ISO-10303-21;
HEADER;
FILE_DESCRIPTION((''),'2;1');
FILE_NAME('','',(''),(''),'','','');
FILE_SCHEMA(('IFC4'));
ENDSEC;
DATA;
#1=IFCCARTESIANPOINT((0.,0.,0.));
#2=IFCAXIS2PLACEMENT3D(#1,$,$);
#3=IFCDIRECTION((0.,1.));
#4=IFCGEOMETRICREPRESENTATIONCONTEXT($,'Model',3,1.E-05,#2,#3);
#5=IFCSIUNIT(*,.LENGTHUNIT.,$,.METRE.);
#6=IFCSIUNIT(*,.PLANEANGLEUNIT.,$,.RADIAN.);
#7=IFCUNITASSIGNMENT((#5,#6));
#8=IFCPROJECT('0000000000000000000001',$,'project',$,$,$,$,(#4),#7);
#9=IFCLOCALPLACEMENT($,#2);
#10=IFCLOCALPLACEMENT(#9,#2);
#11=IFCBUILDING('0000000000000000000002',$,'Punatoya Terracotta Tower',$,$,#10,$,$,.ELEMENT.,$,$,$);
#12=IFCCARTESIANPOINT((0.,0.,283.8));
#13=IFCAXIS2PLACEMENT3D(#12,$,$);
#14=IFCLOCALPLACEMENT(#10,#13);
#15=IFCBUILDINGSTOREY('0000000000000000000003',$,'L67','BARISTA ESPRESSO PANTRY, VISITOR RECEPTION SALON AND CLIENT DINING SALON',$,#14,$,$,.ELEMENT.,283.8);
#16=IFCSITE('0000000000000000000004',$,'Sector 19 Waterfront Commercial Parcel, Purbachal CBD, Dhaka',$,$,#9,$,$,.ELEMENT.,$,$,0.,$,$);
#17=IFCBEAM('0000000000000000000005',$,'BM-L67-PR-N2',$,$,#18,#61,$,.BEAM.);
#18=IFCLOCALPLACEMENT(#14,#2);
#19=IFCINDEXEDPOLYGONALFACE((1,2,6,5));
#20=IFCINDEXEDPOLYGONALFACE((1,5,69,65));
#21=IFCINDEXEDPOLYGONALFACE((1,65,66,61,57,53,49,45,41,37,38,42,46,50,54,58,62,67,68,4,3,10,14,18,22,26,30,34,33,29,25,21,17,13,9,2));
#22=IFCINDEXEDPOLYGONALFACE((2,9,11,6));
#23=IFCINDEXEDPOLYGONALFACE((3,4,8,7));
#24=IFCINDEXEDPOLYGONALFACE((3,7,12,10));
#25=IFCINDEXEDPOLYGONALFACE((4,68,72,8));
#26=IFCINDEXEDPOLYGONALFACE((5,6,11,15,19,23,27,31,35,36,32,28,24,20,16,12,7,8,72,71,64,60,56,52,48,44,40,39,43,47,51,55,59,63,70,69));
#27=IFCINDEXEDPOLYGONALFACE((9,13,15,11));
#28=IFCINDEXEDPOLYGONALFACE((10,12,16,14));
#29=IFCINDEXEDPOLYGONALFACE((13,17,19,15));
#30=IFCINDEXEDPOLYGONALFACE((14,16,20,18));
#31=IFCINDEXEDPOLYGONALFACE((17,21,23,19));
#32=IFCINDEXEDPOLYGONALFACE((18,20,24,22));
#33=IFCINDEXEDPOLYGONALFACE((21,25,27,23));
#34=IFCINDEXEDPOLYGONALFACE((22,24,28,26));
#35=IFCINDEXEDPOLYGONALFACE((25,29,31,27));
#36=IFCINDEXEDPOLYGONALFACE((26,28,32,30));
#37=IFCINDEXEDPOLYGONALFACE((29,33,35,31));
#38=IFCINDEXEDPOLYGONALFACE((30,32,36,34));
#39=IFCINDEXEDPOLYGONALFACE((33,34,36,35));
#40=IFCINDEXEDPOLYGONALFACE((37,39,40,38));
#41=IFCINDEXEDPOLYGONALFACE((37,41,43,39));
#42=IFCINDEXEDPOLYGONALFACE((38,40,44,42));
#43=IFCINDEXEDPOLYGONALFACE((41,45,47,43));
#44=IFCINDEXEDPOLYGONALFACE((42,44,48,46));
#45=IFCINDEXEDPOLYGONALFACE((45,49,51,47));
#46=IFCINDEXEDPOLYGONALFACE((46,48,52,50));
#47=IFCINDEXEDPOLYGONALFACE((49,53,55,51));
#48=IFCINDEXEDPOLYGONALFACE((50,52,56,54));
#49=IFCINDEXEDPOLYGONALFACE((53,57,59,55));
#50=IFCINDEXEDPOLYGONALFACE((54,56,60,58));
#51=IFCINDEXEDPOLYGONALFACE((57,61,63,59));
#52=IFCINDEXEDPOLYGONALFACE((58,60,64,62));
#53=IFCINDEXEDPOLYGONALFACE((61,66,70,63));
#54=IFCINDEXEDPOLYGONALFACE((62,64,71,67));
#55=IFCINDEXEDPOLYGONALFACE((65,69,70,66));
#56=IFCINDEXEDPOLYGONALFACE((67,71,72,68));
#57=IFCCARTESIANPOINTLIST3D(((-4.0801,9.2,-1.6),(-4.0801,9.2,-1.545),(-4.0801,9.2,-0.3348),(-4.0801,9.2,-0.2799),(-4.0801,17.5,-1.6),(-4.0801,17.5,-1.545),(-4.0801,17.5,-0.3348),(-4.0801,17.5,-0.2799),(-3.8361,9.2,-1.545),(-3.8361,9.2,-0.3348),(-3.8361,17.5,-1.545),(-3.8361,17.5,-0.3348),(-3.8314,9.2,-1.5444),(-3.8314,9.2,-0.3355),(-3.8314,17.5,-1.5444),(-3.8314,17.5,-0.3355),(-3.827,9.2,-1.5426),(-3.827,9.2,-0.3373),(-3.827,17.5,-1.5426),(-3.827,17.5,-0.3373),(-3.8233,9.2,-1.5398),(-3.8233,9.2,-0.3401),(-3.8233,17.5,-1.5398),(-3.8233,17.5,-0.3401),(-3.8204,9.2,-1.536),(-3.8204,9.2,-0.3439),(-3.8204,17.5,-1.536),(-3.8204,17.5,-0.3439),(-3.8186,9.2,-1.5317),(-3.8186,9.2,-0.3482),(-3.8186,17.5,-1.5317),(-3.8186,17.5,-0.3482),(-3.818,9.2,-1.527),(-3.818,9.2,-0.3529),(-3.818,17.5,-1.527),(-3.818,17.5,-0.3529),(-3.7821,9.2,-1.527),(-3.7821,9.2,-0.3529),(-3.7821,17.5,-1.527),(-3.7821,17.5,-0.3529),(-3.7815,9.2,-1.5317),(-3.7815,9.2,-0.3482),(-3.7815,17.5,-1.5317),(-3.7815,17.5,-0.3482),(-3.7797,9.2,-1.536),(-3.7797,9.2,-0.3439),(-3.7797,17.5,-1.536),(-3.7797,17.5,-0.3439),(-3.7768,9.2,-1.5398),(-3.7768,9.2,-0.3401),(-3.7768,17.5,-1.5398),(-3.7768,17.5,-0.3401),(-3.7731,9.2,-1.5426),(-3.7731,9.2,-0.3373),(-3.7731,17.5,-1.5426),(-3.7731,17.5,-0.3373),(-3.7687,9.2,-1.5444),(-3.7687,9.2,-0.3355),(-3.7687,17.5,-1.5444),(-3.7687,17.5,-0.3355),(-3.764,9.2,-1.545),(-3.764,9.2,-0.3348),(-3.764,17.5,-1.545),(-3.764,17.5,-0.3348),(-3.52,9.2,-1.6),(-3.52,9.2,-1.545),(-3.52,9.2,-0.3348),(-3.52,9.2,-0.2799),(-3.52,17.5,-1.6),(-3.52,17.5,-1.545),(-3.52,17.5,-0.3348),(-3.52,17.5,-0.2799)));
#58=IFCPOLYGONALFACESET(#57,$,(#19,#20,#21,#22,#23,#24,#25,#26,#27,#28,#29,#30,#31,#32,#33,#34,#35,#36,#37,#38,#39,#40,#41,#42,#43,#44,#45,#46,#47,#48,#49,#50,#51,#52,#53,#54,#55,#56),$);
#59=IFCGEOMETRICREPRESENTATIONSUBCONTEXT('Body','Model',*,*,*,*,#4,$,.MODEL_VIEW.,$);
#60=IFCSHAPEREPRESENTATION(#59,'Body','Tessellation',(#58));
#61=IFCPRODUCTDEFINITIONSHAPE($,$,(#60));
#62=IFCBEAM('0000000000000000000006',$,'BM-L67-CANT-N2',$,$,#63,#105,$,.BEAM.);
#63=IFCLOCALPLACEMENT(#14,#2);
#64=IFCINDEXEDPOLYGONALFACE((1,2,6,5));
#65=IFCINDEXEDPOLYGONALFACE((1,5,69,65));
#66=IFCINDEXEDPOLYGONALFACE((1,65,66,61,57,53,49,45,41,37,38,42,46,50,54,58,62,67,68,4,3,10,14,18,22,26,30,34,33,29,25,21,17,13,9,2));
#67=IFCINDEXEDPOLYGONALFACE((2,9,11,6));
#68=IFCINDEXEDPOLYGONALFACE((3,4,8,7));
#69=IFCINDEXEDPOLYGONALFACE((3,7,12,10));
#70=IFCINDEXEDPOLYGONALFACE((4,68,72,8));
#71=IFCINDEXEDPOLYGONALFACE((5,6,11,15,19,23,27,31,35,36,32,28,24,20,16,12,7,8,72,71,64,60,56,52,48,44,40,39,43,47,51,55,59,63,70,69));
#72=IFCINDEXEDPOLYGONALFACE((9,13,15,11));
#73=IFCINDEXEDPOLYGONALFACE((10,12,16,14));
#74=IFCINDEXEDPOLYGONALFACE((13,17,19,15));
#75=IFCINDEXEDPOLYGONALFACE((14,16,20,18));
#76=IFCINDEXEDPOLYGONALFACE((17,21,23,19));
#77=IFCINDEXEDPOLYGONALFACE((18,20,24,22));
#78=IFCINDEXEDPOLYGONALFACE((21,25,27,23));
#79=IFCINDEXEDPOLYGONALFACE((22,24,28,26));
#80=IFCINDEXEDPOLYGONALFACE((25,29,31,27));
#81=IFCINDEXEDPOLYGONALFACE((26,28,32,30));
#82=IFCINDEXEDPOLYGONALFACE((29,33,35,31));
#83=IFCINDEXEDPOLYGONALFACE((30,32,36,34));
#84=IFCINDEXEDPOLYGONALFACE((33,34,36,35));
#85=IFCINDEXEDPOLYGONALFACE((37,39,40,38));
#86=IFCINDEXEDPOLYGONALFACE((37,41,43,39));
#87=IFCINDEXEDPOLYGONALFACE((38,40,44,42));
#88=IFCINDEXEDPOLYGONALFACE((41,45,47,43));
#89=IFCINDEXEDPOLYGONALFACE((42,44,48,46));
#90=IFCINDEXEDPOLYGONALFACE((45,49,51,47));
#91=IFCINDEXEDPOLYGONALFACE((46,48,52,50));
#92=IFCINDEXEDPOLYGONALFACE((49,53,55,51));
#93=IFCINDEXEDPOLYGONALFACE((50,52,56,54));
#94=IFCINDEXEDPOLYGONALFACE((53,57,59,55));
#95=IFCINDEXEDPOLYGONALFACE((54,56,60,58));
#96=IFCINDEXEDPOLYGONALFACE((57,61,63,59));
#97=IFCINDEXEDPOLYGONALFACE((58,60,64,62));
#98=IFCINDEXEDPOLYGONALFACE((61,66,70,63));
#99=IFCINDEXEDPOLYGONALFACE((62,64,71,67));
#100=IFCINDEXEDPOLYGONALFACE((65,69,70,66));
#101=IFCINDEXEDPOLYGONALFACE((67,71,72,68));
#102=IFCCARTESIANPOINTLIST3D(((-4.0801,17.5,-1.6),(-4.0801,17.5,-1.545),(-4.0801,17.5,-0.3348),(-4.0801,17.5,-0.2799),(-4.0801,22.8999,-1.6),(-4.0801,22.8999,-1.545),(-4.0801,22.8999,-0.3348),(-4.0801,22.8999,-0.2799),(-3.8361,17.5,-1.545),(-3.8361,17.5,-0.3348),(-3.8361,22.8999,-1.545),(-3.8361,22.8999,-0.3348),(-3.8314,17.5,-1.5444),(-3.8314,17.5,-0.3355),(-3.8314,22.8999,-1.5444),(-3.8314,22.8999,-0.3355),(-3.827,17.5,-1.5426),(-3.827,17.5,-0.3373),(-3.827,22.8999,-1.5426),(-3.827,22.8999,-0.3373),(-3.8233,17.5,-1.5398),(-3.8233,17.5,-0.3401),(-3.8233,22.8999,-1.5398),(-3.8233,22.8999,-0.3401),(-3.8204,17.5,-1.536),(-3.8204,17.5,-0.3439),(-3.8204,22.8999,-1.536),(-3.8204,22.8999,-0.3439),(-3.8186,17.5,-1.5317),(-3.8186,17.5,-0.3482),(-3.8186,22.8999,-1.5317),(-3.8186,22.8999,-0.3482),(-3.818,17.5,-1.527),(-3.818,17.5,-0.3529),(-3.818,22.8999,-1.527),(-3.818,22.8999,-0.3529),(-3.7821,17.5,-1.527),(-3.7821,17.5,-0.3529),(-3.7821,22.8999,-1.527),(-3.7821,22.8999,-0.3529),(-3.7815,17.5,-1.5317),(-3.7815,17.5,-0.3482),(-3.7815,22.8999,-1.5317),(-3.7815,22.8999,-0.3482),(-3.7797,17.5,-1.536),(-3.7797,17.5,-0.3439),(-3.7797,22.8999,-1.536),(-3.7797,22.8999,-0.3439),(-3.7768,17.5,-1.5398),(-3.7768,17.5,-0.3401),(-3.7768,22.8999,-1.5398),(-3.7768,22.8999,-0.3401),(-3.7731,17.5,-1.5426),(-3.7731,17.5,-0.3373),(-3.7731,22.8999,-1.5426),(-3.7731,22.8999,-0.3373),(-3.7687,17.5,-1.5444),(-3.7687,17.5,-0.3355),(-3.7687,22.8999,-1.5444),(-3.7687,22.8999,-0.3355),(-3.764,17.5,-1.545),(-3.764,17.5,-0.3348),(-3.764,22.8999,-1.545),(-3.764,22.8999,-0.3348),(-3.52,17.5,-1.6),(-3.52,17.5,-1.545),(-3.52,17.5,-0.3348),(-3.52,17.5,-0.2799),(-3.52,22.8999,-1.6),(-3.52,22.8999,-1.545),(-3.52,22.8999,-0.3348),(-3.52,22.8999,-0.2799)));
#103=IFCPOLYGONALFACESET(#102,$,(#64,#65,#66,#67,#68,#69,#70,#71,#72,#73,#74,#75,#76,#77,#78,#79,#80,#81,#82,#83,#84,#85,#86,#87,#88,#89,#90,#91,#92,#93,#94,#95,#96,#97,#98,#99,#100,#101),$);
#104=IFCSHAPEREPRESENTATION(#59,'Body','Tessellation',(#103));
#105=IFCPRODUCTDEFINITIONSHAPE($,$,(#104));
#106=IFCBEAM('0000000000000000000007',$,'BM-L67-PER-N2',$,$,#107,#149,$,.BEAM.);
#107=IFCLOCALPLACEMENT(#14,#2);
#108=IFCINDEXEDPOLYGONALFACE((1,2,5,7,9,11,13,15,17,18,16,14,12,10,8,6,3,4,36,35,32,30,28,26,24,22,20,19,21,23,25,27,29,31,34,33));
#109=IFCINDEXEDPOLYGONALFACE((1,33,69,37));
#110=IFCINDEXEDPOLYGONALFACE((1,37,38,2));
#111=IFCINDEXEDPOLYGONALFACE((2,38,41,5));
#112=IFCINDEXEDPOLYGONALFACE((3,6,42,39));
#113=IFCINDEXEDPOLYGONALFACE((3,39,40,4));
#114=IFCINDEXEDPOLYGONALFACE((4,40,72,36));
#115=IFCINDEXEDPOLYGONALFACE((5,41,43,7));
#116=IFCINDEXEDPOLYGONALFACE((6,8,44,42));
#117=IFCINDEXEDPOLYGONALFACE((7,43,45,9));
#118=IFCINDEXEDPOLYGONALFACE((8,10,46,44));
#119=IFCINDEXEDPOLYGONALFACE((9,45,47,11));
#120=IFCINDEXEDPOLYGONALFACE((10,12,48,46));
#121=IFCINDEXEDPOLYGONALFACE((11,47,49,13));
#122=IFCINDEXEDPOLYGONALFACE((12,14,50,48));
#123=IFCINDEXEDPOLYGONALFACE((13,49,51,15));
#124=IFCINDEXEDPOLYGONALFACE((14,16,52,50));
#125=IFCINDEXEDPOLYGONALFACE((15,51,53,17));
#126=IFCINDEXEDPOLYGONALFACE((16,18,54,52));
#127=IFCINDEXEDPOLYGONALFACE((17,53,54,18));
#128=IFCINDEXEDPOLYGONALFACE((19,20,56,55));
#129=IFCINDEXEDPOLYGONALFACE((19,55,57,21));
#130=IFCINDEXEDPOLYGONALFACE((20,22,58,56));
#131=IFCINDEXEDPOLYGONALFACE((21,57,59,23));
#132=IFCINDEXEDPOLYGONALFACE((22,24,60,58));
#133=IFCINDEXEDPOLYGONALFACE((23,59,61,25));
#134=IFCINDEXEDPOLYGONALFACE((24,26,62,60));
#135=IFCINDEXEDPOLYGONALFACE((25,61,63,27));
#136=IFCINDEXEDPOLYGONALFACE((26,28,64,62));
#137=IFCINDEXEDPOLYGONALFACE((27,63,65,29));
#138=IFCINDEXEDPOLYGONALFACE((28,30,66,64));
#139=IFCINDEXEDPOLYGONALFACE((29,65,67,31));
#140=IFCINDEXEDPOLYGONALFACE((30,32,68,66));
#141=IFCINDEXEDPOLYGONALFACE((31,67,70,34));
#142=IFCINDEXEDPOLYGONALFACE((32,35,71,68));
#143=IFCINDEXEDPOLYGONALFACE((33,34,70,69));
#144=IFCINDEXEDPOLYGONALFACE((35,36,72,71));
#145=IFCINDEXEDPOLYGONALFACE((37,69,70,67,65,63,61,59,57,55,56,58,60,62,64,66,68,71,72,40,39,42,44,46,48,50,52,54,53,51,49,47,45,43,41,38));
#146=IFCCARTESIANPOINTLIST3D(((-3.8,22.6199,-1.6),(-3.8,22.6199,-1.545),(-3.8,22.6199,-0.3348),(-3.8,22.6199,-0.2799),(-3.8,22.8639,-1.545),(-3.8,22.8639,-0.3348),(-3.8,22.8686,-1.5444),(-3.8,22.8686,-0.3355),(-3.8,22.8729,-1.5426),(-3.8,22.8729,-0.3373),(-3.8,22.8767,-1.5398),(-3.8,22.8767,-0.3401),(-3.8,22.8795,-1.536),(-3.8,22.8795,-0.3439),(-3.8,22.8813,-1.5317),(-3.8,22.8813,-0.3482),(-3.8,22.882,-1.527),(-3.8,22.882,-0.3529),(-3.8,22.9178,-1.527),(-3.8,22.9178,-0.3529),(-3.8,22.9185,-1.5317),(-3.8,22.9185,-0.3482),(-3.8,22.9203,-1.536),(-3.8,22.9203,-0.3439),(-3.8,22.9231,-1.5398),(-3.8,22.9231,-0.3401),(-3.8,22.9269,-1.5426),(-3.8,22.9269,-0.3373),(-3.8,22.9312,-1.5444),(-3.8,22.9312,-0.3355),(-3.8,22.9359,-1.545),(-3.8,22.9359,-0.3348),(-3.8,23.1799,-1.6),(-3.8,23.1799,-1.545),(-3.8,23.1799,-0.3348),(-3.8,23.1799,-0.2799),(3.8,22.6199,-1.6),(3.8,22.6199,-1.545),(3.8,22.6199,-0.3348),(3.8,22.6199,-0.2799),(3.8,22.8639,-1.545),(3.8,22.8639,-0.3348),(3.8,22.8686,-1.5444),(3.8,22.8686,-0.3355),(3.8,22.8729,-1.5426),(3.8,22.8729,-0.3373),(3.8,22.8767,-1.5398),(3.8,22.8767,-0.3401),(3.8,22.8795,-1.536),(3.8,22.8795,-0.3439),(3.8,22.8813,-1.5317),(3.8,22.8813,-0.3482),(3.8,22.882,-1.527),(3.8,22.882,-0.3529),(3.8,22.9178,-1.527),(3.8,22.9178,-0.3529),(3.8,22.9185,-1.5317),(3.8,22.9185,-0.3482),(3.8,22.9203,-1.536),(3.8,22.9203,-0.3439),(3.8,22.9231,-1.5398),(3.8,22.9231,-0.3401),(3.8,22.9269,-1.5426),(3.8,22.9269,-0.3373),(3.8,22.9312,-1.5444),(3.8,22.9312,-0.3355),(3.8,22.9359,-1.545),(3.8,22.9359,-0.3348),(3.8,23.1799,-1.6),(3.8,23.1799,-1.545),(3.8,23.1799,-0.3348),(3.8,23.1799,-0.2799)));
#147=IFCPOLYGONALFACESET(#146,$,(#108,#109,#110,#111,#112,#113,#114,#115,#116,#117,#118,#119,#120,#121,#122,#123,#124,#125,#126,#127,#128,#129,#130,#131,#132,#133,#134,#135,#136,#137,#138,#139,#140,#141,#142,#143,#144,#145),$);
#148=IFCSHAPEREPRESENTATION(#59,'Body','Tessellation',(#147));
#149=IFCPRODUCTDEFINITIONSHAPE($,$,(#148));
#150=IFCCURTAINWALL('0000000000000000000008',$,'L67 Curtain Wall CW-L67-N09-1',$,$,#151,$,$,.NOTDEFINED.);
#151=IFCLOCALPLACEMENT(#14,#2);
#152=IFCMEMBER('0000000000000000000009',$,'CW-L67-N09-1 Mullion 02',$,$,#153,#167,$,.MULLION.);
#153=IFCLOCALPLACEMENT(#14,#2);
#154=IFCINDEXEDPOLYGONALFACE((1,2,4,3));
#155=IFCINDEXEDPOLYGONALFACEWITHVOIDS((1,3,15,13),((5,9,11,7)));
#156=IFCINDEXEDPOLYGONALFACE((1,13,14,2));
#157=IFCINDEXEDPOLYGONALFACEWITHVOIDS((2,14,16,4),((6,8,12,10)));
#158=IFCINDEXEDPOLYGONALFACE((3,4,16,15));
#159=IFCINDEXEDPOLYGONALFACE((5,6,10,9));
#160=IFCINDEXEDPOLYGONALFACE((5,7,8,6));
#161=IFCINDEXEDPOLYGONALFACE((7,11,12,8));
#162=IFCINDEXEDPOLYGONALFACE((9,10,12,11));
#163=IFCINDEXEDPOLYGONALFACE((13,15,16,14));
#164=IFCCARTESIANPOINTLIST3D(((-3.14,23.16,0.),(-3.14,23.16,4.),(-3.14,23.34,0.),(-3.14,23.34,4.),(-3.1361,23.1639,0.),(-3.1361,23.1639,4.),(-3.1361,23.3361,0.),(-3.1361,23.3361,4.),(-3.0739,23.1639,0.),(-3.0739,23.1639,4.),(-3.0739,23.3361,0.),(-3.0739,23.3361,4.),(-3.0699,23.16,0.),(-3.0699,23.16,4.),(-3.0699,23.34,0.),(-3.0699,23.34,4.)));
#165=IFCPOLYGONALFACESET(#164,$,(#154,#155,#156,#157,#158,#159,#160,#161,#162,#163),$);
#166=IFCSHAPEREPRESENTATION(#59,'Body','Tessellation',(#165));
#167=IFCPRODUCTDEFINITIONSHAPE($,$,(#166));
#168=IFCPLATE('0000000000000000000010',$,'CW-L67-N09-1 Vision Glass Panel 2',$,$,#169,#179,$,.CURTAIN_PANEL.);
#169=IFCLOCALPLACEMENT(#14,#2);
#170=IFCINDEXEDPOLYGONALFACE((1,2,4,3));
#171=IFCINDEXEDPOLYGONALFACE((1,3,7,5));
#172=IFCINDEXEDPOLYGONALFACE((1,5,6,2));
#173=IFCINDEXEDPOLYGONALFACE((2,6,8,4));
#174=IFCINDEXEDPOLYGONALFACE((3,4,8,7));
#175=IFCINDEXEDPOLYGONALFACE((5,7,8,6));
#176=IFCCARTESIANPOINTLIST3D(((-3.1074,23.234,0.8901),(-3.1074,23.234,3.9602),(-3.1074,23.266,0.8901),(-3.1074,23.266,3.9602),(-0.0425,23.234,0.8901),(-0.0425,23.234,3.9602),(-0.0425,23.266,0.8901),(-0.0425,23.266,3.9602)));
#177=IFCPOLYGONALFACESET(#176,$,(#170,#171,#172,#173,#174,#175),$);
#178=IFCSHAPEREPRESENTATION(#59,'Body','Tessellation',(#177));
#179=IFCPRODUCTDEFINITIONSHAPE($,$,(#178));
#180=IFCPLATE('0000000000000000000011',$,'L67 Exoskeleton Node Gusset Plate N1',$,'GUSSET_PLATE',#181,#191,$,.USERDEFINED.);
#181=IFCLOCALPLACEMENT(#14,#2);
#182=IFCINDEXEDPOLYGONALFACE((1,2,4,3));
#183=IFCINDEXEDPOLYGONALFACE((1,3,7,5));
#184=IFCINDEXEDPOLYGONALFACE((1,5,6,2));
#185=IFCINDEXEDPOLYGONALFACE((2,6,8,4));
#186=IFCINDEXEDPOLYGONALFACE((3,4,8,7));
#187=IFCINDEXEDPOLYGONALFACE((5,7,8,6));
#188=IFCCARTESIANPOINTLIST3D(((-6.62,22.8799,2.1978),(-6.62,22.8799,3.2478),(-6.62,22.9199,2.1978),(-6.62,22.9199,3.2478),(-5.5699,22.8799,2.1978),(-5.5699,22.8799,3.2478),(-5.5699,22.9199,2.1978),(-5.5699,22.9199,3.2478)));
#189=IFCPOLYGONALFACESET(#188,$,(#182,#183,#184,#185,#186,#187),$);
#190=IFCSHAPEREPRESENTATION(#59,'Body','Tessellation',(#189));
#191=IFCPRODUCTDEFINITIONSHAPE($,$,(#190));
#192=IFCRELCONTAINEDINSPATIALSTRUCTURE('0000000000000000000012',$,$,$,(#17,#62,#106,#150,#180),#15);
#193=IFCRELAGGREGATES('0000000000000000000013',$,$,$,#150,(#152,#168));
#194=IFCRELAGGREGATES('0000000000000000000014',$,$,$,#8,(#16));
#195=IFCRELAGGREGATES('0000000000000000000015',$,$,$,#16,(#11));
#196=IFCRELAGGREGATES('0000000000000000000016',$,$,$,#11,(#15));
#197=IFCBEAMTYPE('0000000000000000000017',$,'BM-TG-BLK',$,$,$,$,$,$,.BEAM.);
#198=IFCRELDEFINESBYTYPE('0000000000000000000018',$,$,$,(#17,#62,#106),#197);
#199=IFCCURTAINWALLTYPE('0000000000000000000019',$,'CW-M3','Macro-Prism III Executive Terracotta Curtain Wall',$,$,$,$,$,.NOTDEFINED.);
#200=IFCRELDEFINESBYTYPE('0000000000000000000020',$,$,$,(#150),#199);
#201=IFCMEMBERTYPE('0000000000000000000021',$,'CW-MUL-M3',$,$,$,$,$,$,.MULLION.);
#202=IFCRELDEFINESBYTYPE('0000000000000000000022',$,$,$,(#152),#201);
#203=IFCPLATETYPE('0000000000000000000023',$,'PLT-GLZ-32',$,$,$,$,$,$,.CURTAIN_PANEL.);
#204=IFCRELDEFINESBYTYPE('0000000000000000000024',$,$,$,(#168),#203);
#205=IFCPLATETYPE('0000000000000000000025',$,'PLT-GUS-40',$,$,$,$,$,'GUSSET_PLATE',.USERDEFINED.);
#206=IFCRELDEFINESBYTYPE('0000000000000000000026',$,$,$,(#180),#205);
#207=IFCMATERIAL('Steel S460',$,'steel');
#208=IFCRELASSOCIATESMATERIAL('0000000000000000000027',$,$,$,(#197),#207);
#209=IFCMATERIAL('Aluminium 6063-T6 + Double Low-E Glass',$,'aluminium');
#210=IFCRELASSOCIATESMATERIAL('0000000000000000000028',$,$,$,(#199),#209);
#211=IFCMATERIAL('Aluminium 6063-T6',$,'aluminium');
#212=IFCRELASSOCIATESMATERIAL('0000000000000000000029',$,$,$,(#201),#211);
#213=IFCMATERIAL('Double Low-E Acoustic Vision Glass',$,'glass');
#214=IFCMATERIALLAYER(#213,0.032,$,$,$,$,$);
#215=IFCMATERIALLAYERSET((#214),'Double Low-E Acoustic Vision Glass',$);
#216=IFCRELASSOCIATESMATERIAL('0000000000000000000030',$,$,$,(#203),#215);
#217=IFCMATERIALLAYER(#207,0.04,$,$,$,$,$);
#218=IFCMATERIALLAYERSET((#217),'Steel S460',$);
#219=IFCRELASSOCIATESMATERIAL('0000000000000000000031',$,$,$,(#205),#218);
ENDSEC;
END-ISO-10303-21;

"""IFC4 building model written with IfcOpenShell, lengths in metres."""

from ifc_helpers import new_model, si_unit, direction, frame, origin, origin_2d, place, context, subcontext, project, spatial, rectangle, hollow_rectangle, i_section, extrude, material, layer, layer_set, material_profile, profile_set, type_object, element, aggregate, save


model = new_model("IFC4")

# Units and contexts
model_context = context("Model", 3, precision=1e-05, world=origin(), true_north=direction((0.0, 1.0)))
body_context = subcontext(model_context, "Body", "Model", "MODEL_VIEW")
ifc_project = project(units=[si_unit("LENGTHUNIT", "METRE"), si_unit("PLANEANGLEUNIT", "RADIAN")], contexts=[model_context])

# Site, building, storey
site_placement = place(None, origin())
site = spatial("IfcSite", under=ifc_project, at=site_placement, Name="Sector 19 Waterfront Commercial Parcel, Purbachal CBD, Dhaka", CompositionType="ELEMENT", RefElevation=0.0)
building_placement = place(site_placement, origin())
building = spatial("IfcBuilding", under=site, at=building_placement, Name="Punatoya Terracotta Tower", CompositionType="ELEMENT")
storey_placement = place(building_placement, frame((0.0, 0.0, 283.8)))
storey = spatial("IfcBuildingStorey", under=building, at=storey_placement, Name="L67", Description="BARISTA ESPRESSO PANTRY, VISITOR RECEPTION SALON AND CLIENT DINING SALON", CompositionType="ELEMENT", Elevation=283.8)

# Shared definitions
ifc_material_1 = material(Name="Steel S460", Category="steel")

# Beams
ifc_material_profile_1 = material_profile(ifc_material_1, i_section(OverallWidth=0.5601, OverallDepth=1.3201, WebThickness=0.0359, FlangeThickness=0.0549, FilletRadius=0.0181, at=origin_2d()))
ifc_profile_set_1 = profile_set([ifc_material_profile_1], Name="Steel S460")
beam_type = type_object("IfcBeamType", Name="BM-TG-BLK", PredefinedType="BEAM", material=ifc_profile_set_1)
for number, where, z_axis, x_axis, name in (
    (1, (-3.8, 9.2, -0.9399), (0.0, 1.0, 0.0), (-1.0, 0.0, 0.0), "BM-L67-PR-N2"),
):
    element("IfcBeam", number, at=place(storey_placement, frame(where, z_axis=z_axis, x_axis=x_axis)), inside=storey, type_object=beam_type, Name=name, PredefinedType="BEAM", context=body_context, shape_type="SweptSolid", body=[
        extrude(i_section(OverallWidth=0.5601, OverallDepth=1.3201, WebThickness=0.0359, FlangeThickness=0.0549, FilletRadius=0.0181, at=origin_2d()), origin(), (0.0, 0.0, 1.0), 8.3),
    ])
beam_1_placement = place(storey_placement, frame((-3.8, 17.5, -0.9399), z_axis=(0.0, 1.0, 0.0), x_axis=(-1.0, 0.0, 0.0)))
element("IfcBeam", 2, at=beam_1_placement, inside=storey, type_object=beam_type, Name="BM-L67-CANT-N2", PredefinedType="BEAM", context=body_context, shape_type="SweptSolid", body=[
    extrude(i_section(OverallWidth=0.5601, OverallDepth=1.3201, WebThickness=0.0359, FlangeThickness=0.0549, FilletRadius=0.0181, at=origin_2d()), origin(), (0.0, 0.0, 1.0), 5.3999),
])
beam_2_placement = place(storey_placement, frame((-3.8, 22.8999, -0.9399), z_axis=(1.0, 0.0, 0.0), x_axis=(0.0, 1.0, 0.0)))
element("IfcBeam", 3, at=beam_2_placement, inside=storey, type_object=beam_type, Name="BM-L67-PER-N2", PredefinedType="BEAM", context=body_context, shape_type="SweptSolid", body=[
    extrude(i_section(OverallWidth=0.5601, OverallDepth=1.3201, WebThickness=0.0359, FlangeThickness=0.0549, FilletRadius=0.0181, at=origin_2d()), origin(), (0.0, 0.0, 1.0), 7.6001),
])

# Curtain wall, member, plate
ifc_material_2 = material(Name="Aluminium 6063-T6 + Double Low-E Glass", Category="aluminium")
curtain_wall_type = type_object("IfcCurtainWallType", Name="CW-M3", Description="Macro-Prism III Executive Terracotta Curtain Wall", PredefinedType="NOTDEFINED", material=ifc_material_2)
curtain_wall_placement = place(storey_placement, origin())
curtain_wall = element("IfcCurtainWall", 4, at=curtain_wall_placement, inside=storey, type_object=curtain_wall_type, Name="L67 Curtain Wall CW-L67-N09-1", PredefinedType="NOTDEFINED")
ifc_material_3 = material(Name="Aluminium 6063-T6", Category="aluminium")
ifc_material_profile_2 = material_profile(ifc_material_3, hollow_rectangle(XDim=0.0701, YDim=0.1799, WallThickness=0.0039, at=origin_2d()))
ifc_profile_set_2 = profile_set([ifc_material_profile_2], Name="Aluminium 6063-T6")
member_type = type_object("IfcMemberType", Name="CW-MUL-M3", PredefinedType="MULLION", material=ifc_profile_set_2)
member_placement = place(storey_placement, frame((-3.105, 23.25, 0.0), z_axis=(0.0, 0.0, 1.0), x_axis=(1.0, 0.0, 0.0)))
member = element("IfcMember", 5, at=member_placement, type_object=member_type, Name="CW-L67-N09-1 Mullion 02", PredefinedType="MULLION", context=body_context, shape_type="SweptSolid", body=[
    extrude(hollow_rectangle(XDim=0.0701, YDim=0.1799, WallThickness=0.0039, at=origin_2d()), origin(), (0.0, 0.0, 1.0), 4.0),
])
ifc_material_4 = material(Name="Double Low-E Acoustic Vision Glass", Category="glass")
ifc_layer_1 = layer(ifc_material_4, 0.032)
ifc_layer_set_1 = layer_set([ifc_layer_1], Name="Double Low-E Acoustic Vision Glass")
plate_type_1 = type_object("IfcPlateType", Name="PLT-GLZ-32", PredefinedType="CURTAIN_PANEL", material=ifc_layer_set_1)
plate_1_placement = place(storey_placement, frame((-1.575, 23.25, 0.8901), z_axis=(0.0, 0.0, 1.0), x_axis=(-1.0, 0.0, 0.0)))
plate_1 = element("IfcPlate", 6, at=plate_1_placement, type_object=plate_type_1, Name="CW-L67-N09-1 Vision Glass Panel 2", PredefinedType="CURTAIN_PANEL", context=body_context, shape_type="SweptSolid", body=[
    extrude(rectangle(XDim=3.0649, YDim=0.032, at=origin_2d()), origin(), (0.0, 0.0, 1.0), 3.0701),
])

# Plate
ifc_layer_2 = layer(ifc_material_1, 0.04)
ifc_layer_set_2 = layer_set([ifc_layer_2], Name="Steel S460")
plate_type_2 = type_object("IfcPlateType", Name="PLT-GUS-40", ElementType="GUSSET_PLATE", PredefinedType="USERDEFINED", material=ifc_layer_set_2)
plate_2_placement = place(storey_placement, frame((-6.095, 22.8999, 2.1978), z_axis=(0.0, 0.0, 1.0), x_axis=(1.0, 0.0, 0.0)))
element("IfcPlate", 7, at=plate_2_placement, inside=storey, type_object=plate_type_2, Name="L67 Exoskeleton Node Gusset Plate N1", ObjectType="GUSSET_PLATE", PredefinedType="USERDEFINED", context=body_context, shape_type="SweptSolid", body=[
    extrude(rectangle(XDim=1.05, YDim=0.04, at=origin_2d()), origin(), (0.0, 0.0, 1.0), 1.05),
])
aggregate(curtain_wall, [member, plate_1])

save(model, "model.ifc")
